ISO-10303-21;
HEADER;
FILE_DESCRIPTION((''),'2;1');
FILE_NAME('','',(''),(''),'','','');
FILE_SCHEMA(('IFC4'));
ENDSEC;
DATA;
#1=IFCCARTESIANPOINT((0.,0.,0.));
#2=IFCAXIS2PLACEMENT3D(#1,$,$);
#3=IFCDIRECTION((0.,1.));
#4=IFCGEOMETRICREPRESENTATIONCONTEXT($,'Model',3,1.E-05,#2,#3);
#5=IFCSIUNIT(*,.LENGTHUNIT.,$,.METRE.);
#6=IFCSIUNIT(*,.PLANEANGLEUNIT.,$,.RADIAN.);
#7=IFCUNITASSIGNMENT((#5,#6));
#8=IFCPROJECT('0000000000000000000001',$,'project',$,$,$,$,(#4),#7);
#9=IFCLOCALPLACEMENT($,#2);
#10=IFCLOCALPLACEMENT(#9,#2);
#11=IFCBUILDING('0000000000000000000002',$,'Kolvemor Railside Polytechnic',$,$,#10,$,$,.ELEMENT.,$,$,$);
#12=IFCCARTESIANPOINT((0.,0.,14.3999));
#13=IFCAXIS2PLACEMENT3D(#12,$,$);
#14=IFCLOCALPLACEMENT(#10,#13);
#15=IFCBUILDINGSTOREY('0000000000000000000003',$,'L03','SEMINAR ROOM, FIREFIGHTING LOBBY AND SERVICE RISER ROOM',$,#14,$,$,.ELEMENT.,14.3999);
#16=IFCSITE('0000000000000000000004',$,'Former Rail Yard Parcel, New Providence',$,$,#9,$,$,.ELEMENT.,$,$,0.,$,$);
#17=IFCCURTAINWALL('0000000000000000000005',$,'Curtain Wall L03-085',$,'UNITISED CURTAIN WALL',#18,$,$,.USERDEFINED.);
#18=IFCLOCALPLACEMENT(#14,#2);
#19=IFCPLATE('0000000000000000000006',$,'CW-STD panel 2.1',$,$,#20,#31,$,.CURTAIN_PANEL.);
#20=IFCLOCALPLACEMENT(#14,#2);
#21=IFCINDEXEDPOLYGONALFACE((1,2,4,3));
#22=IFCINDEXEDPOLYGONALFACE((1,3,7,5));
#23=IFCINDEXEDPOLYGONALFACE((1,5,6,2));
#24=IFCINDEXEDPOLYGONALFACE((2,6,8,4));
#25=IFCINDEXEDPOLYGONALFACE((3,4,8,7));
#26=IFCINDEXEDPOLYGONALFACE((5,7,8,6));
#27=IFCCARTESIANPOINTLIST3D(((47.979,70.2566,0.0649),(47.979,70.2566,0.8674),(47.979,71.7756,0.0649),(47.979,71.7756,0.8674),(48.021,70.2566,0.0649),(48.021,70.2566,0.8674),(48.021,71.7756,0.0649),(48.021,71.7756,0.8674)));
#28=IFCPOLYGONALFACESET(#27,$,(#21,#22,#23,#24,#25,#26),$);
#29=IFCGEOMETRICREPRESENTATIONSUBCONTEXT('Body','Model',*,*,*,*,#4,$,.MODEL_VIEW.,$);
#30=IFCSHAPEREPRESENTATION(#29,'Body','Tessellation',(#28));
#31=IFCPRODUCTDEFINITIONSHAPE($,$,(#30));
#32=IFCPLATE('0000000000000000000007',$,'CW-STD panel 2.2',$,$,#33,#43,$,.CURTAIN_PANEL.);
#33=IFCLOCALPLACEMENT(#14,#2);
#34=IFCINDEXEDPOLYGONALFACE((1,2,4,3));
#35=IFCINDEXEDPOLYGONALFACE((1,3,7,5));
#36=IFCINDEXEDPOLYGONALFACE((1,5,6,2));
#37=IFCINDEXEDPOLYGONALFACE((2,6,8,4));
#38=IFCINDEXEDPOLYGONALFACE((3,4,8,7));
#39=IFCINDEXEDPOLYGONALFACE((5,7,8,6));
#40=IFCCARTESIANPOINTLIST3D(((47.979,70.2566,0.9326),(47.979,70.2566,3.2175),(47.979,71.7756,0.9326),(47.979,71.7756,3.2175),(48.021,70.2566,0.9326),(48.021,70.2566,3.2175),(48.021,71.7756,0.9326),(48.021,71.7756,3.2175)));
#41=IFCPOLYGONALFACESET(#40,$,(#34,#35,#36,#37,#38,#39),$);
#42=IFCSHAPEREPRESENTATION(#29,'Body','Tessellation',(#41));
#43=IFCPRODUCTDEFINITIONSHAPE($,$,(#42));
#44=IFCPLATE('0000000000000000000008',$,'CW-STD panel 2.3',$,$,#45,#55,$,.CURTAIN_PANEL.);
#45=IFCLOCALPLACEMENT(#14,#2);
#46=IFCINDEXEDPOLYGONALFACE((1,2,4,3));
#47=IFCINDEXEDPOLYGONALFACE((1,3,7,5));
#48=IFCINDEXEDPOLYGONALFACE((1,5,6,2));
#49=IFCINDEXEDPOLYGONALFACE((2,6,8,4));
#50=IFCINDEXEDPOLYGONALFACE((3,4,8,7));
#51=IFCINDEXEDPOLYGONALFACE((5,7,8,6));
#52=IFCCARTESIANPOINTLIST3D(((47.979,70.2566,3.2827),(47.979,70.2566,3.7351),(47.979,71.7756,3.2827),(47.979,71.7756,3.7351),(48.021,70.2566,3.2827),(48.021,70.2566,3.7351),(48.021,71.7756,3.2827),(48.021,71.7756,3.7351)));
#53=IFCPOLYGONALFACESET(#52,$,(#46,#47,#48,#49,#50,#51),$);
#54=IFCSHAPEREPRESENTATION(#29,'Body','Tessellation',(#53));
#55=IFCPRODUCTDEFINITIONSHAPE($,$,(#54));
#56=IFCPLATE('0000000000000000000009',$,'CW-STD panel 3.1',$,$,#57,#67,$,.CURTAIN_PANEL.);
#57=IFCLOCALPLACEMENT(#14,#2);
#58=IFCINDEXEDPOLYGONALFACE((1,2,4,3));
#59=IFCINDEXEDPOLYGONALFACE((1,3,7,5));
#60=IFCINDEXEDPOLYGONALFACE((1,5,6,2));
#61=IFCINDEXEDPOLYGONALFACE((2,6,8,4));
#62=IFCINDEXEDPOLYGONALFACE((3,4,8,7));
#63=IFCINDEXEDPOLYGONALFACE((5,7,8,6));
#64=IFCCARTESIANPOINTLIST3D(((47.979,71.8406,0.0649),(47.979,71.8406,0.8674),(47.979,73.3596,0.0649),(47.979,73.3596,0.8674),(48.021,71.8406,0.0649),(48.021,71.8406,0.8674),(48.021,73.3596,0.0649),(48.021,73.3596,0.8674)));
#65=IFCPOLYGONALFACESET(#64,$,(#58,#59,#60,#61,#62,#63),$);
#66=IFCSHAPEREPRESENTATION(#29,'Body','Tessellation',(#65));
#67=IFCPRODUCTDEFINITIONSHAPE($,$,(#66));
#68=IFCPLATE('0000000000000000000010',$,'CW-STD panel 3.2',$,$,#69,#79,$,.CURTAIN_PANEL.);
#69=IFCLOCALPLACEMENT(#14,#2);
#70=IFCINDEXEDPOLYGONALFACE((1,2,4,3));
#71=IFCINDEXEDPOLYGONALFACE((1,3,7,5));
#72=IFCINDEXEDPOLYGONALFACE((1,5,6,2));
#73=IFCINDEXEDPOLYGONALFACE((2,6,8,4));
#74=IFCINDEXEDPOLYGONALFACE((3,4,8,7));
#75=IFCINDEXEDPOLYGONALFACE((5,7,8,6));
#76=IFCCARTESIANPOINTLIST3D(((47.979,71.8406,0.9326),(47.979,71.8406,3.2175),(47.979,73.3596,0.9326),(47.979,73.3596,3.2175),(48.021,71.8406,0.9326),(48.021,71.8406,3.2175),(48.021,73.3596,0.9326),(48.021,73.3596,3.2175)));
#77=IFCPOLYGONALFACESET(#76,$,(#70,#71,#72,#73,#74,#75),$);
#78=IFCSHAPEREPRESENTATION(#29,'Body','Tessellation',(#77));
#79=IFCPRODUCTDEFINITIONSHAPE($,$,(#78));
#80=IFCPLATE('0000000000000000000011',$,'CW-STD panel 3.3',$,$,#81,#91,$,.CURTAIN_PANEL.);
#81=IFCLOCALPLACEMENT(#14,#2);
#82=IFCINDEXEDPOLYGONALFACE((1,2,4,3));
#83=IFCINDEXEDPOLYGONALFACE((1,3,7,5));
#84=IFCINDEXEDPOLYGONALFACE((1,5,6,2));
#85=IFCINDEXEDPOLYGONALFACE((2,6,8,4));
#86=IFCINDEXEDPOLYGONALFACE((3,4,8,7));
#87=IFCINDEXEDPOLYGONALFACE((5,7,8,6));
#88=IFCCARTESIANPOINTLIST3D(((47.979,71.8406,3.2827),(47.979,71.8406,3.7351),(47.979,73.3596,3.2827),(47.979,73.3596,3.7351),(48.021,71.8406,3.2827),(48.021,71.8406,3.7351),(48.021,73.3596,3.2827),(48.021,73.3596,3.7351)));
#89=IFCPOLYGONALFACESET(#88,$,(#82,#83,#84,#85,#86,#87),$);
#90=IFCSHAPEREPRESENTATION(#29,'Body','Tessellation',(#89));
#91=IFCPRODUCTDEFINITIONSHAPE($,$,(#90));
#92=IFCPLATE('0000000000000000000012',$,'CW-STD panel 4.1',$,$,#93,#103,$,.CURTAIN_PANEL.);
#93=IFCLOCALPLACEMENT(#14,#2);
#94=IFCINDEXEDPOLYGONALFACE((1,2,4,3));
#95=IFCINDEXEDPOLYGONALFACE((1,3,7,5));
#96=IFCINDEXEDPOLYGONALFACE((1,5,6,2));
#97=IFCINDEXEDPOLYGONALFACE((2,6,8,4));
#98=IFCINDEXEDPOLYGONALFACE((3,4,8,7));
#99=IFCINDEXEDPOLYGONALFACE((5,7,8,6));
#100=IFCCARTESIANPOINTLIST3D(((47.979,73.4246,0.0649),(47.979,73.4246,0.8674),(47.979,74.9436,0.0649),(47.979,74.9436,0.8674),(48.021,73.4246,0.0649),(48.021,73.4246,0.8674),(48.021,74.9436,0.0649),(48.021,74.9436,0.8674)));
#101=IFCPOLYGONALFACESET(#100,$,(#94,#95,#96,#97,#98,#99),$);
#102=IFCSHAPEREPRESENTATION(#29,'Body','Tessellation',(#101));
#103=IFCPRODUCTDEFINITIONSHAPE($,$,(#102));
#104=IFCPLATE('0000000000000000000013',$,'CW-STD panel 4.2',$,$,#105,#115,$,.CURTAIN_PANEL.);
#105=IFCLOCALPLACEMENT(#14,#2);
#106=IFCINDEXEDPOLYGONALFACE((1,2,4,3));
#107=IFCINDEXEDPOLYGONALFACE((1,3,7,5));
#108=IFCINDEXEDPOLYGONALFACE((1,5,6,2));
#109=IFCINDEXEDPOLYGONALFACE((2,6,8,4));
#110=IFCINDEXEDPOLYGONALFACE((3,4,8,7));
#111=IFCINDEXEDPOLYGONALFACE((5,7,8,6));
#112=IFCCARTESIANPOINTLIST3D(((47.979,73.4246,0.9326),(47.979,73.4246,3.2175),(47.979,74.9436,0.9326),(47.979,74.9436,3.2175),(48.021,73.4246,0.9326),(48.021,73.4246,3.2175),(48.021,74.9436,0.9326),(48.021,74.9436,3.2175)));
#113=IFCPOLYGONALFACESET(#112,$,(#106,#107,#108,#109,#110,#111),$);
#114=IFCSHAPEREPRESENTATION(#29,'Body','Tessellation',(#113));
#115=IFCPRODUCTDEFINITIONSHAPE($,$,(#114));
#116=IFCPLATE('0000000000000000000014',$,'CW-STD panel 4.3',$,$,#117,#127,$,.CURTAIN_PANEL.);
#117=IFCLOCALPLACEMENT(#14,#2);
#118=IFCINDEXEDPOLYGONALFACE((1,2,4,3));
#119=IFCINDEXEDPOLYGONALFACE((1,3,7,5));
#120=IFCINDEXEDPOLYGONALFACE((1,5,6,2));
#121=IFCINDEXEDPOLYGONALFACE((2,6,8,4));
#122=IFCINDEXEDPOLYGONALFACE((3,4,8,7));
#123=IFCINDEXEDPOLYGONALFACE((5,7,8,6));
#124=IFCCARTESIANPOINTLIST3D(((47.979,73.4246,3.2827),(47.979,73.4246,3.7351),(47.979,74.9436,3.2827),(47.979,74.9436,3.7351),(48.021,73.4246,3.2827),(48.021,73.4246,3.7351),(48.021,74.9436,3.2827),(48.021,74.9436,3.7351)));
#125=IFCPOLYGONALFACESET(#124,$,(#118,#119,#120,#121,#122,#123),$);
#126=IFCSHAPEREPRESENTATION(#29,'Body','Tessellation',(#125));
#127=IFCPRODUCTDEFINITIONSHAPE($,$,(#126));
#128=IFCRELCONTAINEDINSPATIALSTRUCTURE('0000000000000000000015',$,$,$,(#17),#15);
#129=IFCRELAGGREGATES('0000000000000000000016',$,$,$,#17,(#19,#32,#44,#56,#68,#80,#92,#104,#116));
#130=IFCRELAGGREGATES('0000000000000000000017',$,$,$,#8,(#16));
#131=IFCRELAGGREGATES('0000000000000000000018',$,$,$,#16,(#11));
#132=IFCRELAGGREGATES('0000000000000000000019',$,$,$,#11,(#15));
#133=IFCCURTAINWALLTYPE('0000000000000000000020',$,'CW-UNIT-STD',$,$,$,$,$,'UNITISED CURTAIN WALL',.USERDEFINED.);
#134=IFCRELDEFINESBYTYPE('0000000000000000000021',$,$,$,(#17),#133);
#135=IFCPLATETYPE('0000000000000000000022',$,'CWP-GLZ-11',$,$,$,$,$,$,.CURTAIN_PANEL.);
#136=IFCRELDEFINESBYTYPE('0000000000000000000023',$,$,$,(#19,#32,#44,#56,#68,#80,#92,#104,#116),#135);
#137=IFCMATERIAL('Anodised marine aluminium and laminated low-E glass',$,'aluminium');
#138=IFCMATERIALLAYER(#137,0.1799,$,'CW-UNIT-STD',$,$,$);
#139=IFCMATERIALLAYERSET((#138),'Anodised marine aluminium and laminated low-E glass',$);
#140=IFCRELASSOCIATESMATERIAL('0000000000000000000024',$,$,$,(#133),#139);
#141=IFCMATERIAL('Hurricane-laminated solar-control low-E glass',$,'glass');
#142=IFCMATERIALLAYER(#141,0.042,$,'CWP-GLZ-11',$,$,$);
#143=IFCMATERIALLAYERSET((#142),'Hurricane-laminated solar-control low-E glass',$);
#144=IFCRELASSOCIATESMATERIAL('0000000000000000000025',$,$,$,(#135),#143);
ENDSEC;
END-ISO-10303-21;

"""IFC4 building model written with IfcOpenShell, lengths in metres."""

from ifc_helpers import new_model, si_unit, direction, frame, origin, origin_2d, place, context, subcontext, project, spatial, rectangle, extrude, material, layer, layer_set, type_object, element, aggregate, save


model = new_model("IFC4")

# Units and contexts
model_context = context("Model", 3, precision=1e-05, world=origin(), true_north=direction((0.0, 1.0)))
body_context = subcontext(model_context, "Body", "Model", "MODEL_VIEW")
ifc_project = project(units=[si_unit("LENGTHUNIT", "METRE"), si_unit("PLANEANGLEUNIT", "RADIAN")], contexts=[model_context])

# Site, building, storey
site_placement = place(None, origin())
site = spatial("IfcSite", under=ifc_project, at=site_placement, Name="Former Rail Yard Parcel, New Providence", CompositionType="ELEMENT", RefElevation=0.0)
building_placement = place(site_placement, origin())
building = spatial("IfcBuilding", under=site, at=building_placement, Name="Kolvemor Railside Polytechnic", CompositionType="ELEMENT")
storey_placement = place(building_placement, frame((0.0, 0.0, 14.3999)))
storey = spatial("IfcBuildingStorey", under=building, at=storey_placement, Name="L03", Description="SEMINAR ROOM, FIREFIGHTING LOBBY AND SERVICE RISER ROOM", CompositionType="ELEMENT", Elevation=14.3999)

# Curtain wall, plates
ifc_material_1 = material(Name="Anodised marine aluminium and laminated low-E glass", Category="aluminium")
ifc_layer_1 = layer(ifc_material_1, 0.1799, Name="CW-UNIT-STD")
ifc_layer_set_1 = layer_set([ifc_layer_1], Name="Anodised marine aluminium and laminated low-E glass")
curtain_wall_type = type_object("IfcCurtainWallType", Name="CW-UNIT-STD", ElementType="UNITISED CURTAIN WALL", PredefinedType="USERDEFINED", material=ifc_layer_set_1)
curtain_wall_placement = place(storey_placement, origin())
curtain_wall = element("IfcCurtainWall", 1, at=curtain_wall_placement, inside=storey, type_object=curtain_wall_type, Name="Curtain Wall L03-085", ObjectType="UNITISED CURTAIN WALL", PredefinedType="USERDEFINED")
ifc_material_2 = material(Name="Hurricane-laminated solar-control low-E glass", Category="glass")
ifc_layer_2 = layer(ifc_material_2, 0.042, Name="CWP-GLZ-11")
ifc_layer_set_2 = layer_set([ifc_layer_2], Name="Hurricane-laminated solar-control low-E glass")
plate_type = type_object("IfcPlateType", Name="CWP-GLZ-11", PredefinedType="CURTAIN_PANEL", material=ifc_layer_set_2)
plate_1_placement = place(storey_placement, frame((48.0, 71.0161, 0.0649), z_axis=(0.0, 0.0, 1.0), x_axis=(0.0, 1.0, 0.0)))
plate_1 = element("IfcPlate", 2, at=plate_1_placement, type_object=plate_type, Name="CW-STD panel 2.1", PredefinedType="CURTAIN_PANEL", context=body_context, shape_type="SweptSolid", body=[
    extrude(rectangle(XDim=1.519, YDim=0.042, at=origin_2d()), origin(), (0.0, 0.0, 1.0), 0.8025),
])
plate_2_placement = place(storey_placement, frame((48.0, 71.0161, 0.9326), z_axis=(0.0, 0.0, 1.0), x_axis=(0.0, 1.0, 0.0)))
plate_2 = element("IfcPlate", 3, at=plate_2_placement, type_object=plate_type, Name="CW-STD panel 2.2", PredefinedType="CURTAIN_PANEL", context=body_context, shape_type="SweptSolid", body=[
    extrude(rectangle(XDim=1.519, YDim=0.042, at=origin_2d()), origin(), (0.0, 0.0, 1.0), 2.2849),
])
plate_3_placement = place(storey_placement, frame((48.0, 71.0161, 3.2827), z_axis=(0.0, 0.0, 1.0), x_axis=(0.0, 1.0, 0.0)))
plate_3 = element("IfcPlate", 4, at=plate_3_placement, type_object=plate_type, Name="CW-STD panel 2.3", PredefinedType="CURTAIN_PANEL", context=body_context, shape_type="SweptSolid", body=[
    extrude(rectangle(XDim=1.519, YDim=0.042, at=origin_2d()), origin(), (0.0, 0.0, 1.0), 0.4524),
])
plate_4_placement = place(storey_placement, frame((48.0, 72.6001, 0.0649), z_axis=(0.0, 0.0, 1.0), x_axis=(0.0, 1.0, 0.0)))
plate_4 = element("IfcPlate", 5, at=plate_4_placement, type_object=plate_type, Name="CW-STD panel 3.1", PredefinedType="CURTAIN_PANEL", context=body_context, shape_type="SweptSolid", body=[
    extrude(rectangle(XDim=1.519, YDim=0.042, at=origin_2d()), origin(), (0.0, 0.0, 1.0), 0.8025),
])
plate_5_placement = place(storey_placement, frame((48.0, 72.6001, 0.9326), z_axis=(0.0, 0.0, 1.0), x_axis=(0.0, 1.0, 0.0)))
plate_5 = element("IfcPlate", 6, at=plate_5_placement, type_object=plate_type, Name="CW-STD panel 3.2", PredefinedType="CURTAIN_PANEL", context=body_context, shape_type="SweptSolid", body=[
    extrude(rectangle(XDim=1.519, YDim=0.042, at=origin_2d()), origin(), (0.0, 0.0, 1.0), 2.2849),
])
plate_6_placement = place(storey_placement, frame((48.0, 72.6001, 3.2827), z_axis=(0.0, 0.0, 1.0), x_axis=(0.0, 1.0, 0.0)))
plate_6 = element("IfcPlate", 7, at=plate_6_placement, type_object=plate_type, Name="CW-STD panel 3.3", PredefinedType="CURTAIN_PANEL", context=body_context, shape_type="SweptSolid", body=[
    extrude(rectangle(XDim=1.519, YDim=0.042, at=origin_2d()), origin(), (0.0, 0.0, 1.0), 0.4524),
])
plate_7_placement = place(storey_placement, frame((48.0, 74.1841, 0.0649), z_axis=(0.0, 0.0, 1.0), x_axis=(0.0, 1.0, 0.0)))
plate_7 = element("IfcPlate", 8, at=plate_7_placement, type_object=plate_type, Name="CW-STD panel 4.1", PredefinedType="CURTAIN_PANEL", context=body_context, shape_type="SweptSolid", body=[
    extrude(rectangle(XDim=1.519, YDim=0.042, at=origin_2d()), origin(), (0.0, 0.0, 1.0), 0.8025),
])
plate_8_placement = place(storey_placement, frame((48.0, 74.1841, 0.9326), z_axis=(0.0, 0.0, 1.0), x_axis=(0.0, 1.0, 0.0)))
plate_8 = element("IfcPlate", 9, at=plate_8_placement, type_object=plate_type, Name="CW-STD panel 4.2", PredefinedType="CURTAIN_PANEL", context=body_context, shape_type="SweptSolid", body=[
    extrude(rectangle(XDim=1.519, YDim=0.042, at=origin_2d()), origin(), (0.0, 0.0, 1.0), 2.2849),
])
plate_9_placement = place(storey_placement, frame((48.0, 74.1841, 3.2827), z_axis=(0.0, 0.0, 1.0), x_axis=(0.0, 1.0, 0.0)))
plate_9 = element("IfcPlate", 10, at=plate_9_placement, type_object=plate_type, Name="CW-STD panel 4.3", PredefinedType="CURTAIN_PANEL", context=body_context, shape_type="SweptSolid", body=[
    extrude(rectangle(XDim=1.519, YDim=0.042, at=origin_2d()), origin(), (0.0, 0.0, 1.0), 0.4524),
])
aggregate(curtain_wall, [plate_1, plate_2, plate_3, plate_4, plate_5, plate_6, plate_7, plate_8, plate_9])

save(model, "model.ifc")
